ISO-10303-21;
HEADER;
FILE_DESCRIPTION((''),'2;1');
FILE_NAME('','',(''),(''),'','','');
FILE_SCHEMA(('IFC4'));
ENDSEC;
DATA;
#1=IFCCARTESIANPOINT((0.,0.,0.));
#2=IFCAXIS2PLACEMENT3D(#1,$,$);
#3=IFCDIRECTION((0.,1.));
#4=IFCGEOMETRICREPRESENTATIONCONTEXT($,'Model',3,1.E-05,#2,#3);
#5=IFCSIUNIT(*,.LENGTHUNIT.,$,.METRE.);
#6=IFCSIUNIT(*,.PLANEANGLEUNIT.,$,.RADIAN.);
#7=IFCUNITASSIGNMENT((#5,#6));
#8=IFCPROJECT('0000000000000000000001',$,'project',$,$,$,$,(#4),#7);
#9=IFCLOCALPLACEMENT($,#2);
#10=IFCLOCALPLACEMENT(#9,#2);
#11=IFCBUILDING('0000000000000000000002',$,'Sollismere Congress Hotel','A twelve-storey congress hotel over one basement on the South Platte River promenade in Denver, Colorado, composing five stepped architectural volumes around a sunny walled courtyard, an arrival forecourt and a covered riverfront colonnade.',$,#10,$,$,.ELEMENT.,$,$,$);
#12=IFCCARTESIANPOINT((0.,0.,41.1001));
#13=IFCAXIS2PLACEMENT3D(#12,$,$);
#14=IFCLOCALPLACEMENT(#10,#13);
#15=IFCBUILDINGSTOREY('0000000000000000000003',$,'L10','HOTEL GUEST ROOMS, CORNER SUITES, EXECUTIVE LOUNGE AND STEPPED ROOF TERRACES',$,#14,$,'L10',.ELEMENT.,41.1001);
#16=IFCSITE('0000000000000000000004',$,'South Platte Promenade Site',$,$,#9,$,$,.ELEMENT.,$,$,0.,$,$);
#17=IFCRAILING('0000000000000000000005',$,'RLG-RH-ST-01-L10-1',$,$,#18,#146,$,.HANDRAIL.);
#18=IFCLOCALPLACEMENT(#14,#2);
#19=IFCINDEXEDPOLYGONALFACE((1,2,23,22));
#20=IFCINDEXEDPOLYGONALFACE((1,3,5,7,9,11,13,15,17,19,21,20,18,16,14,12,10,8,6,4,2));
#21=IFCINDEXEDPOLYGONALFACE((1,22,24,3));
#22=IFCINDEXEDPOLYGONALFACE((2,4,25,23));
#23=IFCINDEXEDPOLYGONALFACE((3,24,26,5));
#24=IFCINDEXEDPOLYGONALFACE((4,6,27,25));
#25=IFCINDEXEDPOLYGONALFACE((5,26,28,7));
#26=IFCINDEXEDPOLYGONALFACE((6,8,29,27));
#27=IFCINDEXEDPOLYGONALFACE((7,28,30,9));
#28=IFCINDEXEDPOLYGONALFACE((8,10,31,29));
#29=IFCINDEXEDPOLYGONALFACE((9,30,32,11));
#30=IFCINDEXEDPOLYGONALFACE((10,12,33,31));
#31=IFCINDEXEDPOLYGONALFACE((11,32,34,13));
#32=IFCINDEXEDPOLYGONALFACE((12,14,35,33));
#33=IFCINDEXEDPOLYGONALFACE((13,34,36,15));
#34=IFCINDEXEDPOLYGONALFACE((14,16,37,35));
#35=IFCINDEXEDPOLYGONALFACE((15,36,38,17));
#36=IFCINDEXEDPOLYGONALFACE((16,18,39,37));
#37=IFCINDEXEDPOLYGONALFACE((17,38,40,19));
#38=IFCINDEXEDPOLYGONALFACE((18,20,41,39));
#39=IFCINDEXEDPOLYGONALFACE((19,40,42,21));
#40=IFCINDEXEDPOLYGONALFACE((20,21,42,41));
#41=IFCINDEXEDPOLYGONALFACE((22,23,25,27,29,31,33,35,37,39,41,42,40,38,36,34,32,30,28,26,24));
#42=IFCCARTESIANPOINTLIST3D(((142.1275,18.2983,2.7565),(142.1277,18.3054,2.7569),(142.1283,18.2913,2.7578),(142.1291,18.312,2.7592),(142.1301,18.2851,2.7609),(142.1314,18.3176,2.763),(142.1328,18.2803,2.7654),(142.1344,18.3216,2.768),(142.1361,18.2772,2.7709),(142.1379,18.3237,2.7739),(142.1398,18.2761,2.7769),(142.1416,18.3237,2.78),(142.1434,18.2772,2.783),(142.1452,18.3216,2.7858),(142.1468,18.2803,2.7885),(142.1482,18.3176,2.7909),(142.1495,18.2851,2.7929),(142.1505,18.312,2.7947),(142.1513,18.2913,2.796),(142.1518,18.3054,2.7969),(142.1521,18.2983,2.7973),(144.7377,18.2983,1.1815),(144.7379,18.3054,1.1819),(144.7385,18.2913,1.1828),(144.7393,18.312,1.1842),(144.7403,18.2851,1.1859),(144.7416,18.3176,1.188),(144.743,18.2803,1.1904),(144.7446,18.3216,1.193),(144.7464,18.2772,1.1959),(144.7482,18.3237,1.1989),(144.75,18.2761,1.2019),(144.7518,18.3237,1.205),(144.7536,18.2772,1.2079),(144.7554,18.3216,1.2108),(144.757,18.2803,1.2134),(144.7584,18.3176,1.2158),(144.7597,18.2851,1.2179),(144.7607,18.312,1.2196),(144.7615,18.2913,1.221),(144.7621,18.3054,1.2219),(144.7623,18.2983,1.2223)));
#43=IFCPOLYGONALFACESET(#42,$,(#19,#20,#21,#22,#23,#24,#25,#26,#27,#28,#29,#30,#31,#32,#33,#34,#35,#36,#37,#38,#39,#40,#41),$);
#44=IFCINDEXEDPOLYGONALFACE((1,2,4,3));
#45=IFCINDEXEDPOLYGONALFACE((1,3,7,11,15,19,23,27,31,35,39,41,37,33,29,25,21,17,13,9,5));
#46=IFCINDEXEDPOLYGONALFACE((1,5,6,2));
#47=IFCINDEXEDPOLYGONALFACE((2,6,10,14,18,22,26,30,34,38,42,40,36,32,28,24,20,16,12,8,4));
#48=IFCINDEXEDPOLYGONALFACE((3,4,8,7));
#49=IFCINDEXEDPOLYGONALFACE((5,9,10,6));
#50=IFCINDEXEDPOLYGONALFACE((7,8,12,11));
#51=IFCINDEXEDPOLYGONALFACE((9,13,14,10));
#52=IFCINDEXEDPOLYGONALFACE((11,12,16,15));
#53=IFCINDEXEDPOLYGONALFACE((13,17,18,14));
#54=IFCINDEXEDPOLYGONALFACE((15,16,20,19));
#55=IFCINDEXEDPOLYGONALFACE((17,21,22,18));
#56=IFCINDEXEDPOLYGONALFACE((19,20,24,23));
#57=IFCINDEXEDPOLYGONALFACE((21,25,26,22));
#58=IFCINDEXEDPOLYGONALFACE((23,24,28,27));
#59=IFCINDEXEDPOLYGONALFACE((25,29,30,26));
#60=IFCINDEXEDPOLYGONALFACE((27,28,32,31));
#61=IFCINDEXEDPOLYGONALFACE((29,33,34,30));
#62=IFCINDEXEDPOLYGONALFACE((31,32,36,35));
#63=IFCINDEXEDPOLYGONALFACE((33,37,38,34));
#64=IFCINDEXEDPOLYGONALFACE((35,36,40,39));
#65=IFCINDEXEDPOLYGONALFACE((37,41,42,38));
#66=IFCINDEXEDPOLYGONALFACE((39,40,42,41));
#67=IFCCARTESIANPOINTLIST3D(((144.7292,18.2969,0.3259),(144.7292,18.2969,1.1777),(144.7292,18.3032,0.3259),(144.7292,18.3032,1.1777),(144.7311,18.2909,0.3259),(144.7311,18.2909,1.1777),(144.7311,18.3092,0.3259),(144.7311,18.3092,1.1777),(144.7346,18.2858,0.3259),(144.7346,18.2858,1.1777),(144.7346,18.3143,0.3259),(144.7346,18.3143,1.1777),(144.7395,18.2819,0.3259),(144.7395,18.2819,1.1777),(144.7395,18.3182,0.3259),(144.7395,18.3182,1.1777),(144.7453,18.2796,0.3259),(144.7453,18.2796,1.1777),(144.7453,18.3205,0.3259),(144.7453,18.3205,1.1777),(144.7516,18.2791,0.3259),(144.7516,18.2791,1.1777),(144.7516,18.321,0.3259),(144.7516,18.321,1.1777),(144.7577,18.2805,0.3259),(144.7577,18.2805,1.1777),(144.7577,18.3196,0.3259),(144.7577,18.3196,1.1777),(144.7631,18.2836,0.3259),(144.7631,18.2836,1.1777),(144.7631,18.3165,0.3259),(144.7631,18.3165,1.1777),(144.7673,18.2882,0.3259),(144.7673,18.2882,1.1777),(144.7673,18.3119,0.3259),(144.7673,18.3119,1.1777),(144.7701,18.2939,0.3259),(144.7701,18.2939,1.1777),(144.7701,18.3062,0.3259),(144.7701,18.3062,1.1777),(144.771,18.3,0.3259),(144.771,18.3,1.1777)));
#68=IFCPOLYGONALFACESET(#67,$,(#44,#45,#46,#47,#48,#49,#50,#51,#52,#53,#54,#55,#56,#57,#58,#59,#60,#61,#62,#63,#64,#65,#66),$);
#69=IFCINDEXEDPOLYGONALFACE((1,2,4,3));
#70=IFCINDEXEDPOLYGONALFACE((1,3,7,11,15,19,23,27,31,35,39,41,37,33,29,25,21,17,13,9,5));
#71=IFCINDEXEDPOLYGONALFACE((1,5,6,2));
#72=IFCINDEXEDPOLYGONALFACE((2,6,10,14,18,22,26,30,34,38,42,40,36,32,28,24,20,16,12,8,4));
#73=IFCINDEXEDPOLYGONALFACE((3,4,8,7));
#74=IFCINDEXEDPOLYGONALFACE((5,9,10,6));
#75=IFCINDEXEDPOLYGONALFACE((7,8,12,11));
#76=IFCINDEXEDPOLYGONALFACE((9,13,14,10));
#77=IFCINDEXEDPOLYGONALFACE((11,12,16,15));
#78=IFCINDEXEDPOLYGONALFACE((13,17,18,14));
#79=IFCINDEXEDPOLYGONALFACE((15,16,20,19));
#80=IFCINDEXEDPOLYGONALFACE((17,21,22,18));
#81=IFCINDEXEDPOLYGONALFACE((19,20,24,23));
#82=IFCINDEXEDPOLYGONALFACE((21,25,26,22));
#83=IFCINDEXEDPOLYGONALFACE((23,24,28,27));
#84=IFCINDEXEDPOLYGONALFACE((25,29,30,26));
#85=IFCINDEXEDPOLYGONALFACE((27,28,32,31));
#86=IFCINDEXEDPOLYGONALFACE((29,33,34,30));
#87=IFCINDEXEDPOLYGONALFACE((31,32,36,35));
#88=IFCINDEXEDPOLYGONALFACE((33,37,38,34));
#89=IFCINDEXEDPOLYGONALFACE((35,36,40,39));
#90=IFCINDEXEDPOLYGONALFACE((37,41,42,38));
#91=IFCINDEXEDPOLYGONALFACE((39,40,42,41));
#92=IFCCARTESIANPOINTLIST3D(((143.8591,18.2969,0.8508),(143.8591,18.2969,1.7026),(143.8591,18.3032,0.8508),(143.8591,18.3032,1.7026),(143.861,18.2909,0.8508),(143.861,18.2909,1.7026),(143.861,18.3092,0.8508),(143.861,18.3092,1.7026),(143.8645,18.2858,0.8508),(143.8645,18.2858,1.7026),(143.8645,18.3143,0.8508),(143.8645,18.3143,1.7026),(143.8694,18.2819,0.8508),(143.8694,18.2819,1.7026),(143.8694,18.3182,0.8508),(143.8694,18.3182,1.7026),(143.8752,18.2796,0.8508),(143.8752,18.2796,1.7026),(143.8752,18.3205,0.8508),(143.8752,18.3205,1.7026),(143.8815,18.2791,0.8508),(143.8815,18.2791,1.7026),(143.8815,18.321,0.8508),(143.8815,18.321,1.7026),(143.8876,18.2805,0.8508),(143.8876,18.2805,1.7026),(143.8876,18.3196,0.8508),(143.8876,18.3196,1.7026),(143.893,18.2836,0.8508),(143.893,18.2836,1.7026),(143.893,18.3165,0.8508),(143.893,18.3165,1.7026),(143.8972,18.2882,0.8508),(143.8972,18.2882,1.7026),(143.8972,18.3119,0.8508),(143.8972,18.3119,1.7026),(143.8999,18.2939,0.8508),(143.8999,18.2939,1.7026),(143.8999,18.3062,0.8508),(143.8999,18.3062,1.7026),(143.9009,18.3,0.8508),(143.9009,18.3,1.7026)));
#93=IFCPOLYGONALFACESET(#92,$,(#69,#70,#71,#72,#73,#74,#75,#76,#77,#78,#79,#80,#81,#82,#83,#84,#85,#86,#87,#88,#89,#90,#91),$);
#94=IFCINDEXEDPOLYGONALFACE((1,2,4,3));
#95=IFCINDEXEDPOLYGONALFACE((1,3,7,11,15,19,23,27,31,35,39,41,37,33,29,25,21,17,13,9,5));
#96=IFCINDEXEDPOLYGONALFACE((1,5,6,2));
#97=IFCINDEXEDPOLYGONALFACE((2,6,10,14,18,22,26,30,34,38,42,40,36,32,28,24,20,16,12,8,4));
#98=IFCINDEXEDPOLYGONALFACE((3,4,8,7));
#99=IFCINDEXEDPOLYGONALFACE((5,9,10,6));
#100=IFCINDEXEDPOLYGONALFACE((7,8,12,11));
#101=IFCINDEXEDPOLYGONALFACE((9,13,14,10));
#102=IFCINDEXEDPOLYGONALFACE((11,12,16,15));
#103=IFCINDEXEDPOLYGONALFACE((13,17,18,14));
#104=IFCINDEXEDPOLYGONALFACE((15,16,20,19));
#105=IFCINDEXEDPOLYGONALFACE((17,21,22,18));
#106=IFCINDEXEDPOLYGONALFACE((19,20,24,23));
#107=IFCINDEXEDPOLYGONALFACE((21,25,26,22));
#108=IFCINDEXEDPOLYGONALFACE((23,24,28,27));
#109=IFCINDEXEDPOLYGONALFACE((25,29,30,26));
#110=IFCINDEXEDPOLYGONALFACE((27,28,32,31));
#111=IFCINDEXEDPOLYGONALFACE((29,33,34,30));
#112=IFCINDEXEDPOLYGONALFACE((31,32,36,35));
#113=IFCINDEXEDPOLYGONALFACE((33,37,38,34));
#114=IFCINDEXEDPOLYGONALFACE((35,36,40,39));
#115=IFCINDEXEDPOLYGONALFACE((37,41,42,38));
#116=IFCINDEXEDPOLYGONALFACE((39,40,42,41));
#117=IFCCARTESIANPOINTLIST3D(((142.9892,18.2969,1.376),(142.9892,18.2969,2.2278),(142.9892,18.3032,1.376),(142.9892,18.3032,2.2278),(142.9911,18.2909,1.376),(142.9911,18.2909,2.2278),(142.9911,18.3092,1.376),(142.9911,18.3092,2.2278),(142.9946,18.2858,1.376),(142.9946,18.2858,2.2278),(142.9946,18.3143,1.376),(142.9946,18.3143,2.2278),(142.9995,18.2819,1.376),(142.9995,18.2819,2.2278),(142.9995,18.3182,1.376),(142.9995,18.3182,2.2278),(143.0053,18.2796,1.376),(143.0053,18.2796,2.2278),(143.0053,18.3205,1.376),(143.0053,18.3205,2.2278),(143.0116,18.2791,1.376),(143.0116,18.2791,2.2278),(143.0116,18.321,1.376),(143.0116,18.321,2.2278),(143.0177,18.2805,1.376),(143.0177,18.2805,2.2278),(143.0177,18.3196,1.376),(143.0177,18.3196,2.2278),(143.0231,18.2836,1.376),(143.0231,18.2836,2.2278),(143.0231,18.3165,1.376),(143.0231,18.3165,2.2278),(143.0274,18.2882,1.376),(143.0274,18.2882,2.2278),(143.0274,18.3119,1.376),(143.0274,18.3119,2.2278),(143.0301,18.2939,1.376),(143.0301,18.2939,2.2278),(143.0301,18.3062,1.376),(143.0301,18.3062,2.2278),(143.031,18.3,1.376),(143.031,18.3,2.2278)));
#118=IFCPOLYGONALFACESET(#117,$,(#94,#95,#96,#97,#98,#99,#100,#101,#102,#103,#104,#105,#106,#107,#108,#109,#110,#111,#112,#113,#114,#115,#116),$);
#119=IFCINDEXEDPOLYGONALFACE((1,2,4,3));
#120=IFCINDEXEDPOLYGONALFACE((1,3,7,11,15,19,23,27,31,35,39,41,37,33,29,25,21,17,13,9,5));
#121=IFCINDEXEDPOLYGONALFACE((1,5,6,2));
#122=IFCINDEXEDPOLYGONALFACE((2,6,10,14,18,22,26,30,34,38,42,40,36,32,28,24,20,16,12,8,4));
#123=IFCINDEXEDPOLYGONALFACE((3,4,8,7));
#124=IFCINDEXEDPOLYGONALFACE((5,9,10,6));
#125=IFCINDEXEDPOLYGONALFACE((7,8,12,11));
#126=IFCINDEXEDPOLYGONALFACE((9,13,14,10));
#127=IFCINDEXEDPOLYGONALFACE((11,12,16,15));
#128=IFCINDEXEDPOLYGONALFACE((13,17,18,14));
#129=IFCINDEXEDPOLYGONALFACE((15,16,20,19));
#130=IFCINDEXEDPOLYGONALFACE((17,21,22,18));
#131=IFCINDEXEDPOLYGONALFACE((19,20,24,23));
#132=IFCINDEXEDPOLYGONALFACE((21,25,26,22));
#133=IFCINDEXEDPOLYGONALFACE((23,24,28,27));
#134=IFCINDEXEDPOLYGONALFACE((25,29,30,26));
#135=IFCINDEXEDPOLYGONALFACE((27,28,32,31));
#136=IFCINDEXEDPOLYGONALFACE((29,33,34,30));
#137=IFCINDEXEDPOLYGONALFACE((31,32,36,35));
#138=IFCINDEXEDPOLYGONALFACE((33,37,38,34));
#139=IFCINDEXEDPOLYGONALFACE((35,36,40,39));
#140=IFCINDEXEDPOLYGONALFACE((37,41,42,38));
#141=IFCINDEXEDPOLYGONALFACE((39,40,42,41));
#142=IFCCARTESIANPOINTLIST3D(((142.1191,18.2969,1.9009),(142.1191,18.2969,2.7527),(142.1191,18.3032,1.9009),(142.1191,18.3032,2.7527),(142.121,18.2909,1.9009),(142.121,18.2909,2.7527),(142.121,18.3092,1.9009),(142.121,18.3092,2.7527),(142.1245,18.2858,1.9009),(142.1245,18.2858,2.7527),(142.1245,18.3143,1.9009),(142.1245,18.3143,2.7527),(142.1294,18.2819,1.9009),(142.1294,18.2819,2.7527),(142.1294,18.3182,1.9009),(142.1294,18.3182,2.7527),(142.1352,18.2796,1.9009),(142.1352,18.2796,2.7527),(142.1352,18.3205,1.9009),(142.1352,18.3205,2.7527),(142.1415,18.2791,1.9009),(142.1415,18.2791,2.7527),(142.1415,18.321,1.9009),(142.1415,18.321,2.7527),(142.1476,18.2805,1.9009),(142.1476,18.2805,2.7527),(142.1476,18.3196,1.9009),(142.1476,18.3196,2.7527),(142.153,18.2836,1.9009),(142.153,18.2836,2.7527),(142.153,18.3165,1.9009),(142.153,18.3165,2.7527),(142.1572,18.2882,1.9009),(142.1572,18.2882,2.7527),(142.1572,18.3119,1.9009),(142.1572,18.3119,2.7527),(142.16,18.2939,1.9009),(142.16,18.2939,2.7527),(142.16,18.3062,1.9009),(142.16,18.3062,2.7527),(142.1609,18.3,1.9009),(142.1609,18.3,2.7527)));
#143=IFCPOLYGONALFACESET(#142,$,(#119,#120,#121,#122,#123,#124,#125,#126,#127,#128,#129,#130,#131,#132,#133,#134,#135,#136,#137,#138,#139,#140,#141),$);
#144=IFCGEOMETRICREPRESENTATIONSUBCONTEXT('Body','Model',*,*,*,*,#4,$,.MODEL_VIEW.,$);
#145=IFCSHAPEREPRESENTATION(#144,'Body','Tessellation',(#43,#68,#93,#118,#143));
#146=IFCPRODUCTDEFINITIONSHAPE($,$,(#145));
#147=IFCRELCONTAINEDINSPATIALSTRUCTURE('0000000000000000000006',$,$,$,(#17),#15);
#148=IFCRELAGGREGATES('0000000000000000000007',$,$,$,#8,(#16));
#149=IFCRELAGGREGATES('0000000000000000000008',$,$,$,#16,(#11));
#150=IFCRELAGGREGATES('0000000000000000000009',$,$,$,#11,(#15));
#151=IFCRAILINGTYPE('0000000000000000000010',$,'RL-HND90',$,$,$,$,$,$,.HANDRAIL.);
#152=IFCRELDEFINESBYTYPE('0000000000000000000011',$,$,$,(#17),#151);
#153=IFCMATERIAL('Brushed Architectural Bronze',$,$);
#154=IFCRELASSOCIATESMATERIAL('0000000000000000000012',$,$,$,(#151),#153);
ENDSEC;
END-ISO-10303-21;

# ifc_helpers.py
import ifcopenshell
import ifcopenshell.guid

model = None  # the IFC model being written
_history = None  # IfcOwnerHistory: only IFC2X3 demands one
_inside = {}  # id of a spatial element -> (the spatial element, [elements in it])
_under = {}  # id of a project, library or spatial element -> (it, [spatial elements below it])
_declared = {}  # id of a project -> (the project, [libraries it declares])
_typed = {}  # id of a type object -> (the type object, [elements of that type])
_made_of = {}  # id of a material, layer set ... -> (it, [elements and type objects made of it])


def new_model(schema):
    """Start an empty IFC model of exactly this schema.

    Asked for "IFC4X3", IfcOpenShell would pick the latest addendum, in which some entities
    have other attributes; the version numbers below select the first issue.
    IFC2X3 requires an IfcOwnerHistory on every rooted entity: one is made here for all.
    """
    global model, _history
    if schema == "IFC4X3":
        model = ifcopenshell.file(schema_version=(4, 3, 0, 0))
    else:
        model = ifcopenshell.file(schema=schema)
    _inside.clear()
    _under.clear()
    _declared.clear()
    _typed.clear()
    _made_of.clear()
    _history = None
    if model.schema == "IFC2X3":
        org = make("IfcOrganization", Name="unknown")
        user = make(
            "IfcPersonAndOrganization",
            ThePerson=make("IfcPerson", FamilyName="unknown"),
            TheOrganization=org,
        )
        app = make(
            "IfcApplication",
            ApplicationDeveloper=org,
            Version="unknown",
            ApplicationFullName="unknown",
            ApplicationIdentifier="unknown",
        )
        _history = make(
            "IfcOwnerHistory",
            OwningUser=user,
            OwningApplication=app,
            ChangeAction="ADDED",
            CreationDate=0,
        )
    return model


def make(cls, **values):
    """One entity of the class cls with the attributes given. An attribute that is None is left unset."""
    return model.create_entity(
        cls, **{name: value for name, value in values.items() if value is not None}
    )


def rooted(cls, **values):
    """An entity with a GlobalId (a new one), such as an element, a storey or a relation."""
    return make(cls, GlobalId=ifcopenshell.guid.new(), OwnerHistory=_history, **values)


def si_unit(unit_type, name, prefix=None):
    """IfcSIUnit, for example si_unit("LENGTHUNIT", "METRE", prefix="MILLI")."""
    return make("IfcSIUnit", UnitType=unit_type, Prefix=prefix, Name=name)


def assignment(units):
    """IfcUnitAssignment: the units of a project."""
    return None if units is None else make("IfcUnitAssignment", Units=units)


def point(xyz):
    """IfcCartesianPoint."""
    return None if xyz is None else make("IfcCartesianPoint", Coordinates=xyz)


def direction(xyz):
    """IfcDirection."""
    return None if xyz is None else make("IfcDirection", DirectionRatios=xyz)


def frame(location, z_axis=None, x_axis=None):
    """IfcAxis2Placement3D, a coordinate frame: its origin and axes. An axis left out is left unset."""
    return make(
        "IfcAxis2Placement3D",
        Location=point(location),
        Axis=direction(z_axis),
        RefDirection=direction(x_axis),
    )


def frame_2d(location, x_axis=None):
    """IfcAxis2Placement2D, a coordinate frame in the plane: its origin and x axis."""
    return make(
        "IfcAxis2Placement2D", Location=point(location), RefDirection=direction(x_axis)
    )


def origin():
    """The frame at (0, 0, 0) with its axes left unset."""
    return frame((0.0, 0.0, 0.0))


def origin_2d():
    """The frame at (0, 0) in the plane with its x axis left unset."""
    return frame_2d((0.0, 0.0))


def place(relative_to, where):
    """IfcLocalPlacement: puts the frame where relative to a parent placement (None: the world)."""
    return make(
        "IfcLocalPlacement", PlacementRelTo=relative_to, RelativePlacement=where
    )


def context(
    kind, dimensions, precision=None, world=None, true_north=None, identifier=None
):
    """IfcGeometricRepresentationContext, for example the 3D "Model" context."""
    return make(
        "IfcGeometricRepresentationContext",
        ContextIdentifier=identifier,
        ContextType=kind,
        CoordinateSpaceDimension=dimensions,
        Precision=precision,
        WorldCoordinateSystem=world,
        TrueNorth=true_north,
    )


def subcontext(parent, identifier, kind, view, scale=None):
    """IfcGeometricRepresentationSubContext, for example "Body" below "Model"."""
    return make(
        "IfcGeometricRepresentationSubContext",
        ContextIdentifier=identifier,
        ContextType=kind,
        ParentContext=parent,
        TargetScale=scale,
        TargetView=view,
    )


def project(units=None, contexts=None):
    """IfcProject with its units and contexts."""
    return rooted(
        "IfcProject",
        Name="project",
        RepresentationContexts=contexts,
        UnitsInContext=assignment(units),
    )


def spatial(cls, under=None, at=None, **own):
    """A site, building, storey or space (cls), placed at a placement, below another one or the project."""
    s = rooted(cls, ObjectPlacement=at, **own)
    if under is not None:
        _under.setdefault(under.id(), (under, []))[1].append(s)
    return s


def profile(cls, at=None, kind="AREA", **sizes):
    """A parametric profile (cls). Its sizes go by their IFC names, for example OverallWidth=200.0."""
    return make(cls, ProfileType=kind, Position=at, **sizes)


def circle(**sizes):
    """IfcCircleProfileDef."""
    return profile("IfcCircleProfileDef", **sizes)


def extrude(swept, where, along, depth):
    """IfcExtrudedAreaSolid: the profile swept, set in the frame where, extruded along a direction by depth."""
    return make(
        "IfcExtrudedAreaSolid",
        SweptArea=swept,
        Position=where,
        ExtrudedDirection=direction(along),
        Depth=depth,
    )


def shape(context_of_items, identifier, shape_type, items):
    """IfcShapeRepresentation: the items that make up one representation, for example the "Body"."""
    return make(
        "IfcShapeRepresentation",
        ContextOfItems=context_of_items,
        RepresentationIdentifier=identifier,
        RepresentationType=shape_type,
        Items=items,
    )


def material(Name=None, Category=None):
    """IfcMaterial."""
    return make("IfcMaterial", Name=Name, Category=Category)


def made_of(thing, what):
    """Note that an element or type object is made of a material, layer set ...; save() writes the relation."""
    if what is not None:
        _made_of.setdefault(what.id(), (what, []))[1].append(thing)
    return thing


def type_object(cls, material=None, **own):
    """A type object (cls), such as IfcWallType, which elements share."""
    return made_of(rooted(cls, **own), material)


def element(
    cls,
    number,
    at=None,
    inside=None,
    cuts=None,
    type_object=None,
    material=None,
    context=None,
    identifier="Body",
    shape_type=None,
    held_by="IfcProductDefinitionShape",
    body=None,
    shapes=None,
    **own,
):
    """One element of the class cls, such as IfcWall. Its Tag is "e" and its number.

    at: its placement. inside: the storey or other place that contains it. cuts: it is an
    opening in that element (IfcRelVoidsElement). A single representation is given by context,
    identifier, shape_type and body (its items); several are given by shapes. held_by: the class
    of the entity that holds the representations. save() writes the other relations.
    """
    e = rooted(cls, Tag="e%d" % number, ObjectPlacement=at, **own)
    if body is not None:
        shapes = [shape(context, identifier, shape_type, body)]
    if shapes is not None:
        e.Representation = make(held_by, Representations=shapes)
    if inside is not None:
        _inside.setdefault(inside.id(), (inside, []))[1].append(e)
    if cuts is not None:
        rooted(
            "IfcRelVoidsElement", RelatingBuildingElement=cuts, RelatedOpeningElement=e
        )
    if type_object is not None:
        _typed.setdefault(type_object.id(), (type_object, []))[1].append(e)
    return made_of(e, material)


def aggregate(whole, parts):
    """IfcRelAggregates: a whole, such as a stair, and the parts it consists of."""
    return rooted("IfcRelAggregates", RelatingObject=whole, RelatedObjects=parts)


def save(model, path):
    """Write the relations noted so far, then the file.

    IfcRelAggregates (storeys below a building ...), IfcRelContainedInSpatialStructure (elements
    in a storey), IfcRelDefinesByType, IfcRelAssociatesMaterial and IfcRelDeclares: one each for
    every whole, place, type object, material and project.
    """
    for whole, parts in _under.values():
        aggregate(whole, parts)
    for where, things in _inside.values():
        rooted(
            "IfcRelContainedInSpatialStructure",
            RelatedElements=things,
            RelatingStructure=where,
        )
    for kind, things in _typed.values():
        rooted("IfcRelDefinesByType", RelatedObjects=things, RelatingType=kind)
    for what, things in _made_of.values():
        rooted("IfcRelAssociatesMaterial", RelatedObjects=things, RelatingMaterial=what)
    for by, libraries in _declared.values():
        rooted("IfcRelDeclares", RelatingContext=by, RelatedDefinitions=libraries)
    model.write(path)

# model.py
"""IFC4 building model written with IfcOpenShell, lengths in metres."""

from ifc_helpers import new_model, si_unit, direction, frame, origin, origin_2d, place, context, subcontext, project, spatial, circle, extrude, material, type_object, element, save


model = new_model("IFC4")

# Units and contexts
model_context = context("Model", 3, precision=1e-05, world=origin(), true_north=direction((0.0, 1.0)))
body_context = subcontext(model_context, "Body", "Model", "MODEL_VIEW")
ifc_project = project(units=[si_unit("LENGTHUNIT", "METRE"), si_unit("PLANEANGLEUNIT", "RADIAN")], contexts=[model_context])

# Site, building, storey
site_placement = place(None, origin())
site = spatial("IfcSite", under=ifc_project, at=site_placement, Name="South Platte Promenade Site", CompositionType="ELEMENT", RefElevation=0.0)
building_placement = place(site_placement, origin())
building = spatial("IfcBuilding", under=site, at=building_placement, Name="Sollismere Congress Hotel", Description="A twelve-storey congress hotel over one basement on the South Platte River promenade in Denver, Colorado, composing five stepped architectural volumes around a sunny walled courtyard, an arrival forecourt and a covered riverfront colonnade.", CompositionType="ELEMENT")
storey_placement = place(building_placement, frame((0.0, 0.0, 41.1001)))
storey = spatial("IfcBuildingStorey", under=building, at=storey_placement, Name="L10", Description="HOTEL GUEST ROOMS, CORNER SUITES, EXECUTIVE LOUNGE AND STEPPED ROOF TERRACES", LongName="L10", CompositionType="ELEMENT", Elevation=41.1001)

# Railing
ifc_material_1 = material(Name="Brushed Architectural Bronze")
railing_type_1 = type_object("IfcRailingType", Name="RL-HND90", PredefinedType="HANDRAIL", material=ifc_material_1)
railing_1_placement = place(storey_placement, frame((144.75, 18.3, 0.3259)))
element("IfcRailing", 1, at=railing_1_placement, inside=storey, type_object=railing_type_1, Name="RLG-RH-ST-01-L10-1", PredefinedType="HANDRAIL", context=body_context, shape_type="SweptSolid", body=[
    extrude(circle(Radius=0.0239, at=origin_2d()), frame((0.0, 0.0, 0.876), z_axis=(-0.856204, 0.0, 0.516638), x_axis=(0.0, -1.0, 0.0)), (0.0, 0.0, 1.0), 3.0486),
    extrude(circle(Radius=0.021, at=origin_2d()), origin(), (0.0, 0.0, 1.0), 0.8518),
    extrude(circle(Radius=0.021, at=origin_2d()), frame((-0.8701, 0.0, 0.5249)), (0.0, 0.0, 1.0), 0.8518),
    extrude(circle(Radius=0.021, at=origin_2d()), frame((-1.74, 0.0, 1.05)), (0.0, 0.0, 1.0), 0.8518),
    extrude(circle(Radius=0.021, at=origin_2d()), frame((-2.6101, 0.0, 1.575)), (0.0, 0.0, 1.0), 0.8518),
])

save(model, "model.ifc")
